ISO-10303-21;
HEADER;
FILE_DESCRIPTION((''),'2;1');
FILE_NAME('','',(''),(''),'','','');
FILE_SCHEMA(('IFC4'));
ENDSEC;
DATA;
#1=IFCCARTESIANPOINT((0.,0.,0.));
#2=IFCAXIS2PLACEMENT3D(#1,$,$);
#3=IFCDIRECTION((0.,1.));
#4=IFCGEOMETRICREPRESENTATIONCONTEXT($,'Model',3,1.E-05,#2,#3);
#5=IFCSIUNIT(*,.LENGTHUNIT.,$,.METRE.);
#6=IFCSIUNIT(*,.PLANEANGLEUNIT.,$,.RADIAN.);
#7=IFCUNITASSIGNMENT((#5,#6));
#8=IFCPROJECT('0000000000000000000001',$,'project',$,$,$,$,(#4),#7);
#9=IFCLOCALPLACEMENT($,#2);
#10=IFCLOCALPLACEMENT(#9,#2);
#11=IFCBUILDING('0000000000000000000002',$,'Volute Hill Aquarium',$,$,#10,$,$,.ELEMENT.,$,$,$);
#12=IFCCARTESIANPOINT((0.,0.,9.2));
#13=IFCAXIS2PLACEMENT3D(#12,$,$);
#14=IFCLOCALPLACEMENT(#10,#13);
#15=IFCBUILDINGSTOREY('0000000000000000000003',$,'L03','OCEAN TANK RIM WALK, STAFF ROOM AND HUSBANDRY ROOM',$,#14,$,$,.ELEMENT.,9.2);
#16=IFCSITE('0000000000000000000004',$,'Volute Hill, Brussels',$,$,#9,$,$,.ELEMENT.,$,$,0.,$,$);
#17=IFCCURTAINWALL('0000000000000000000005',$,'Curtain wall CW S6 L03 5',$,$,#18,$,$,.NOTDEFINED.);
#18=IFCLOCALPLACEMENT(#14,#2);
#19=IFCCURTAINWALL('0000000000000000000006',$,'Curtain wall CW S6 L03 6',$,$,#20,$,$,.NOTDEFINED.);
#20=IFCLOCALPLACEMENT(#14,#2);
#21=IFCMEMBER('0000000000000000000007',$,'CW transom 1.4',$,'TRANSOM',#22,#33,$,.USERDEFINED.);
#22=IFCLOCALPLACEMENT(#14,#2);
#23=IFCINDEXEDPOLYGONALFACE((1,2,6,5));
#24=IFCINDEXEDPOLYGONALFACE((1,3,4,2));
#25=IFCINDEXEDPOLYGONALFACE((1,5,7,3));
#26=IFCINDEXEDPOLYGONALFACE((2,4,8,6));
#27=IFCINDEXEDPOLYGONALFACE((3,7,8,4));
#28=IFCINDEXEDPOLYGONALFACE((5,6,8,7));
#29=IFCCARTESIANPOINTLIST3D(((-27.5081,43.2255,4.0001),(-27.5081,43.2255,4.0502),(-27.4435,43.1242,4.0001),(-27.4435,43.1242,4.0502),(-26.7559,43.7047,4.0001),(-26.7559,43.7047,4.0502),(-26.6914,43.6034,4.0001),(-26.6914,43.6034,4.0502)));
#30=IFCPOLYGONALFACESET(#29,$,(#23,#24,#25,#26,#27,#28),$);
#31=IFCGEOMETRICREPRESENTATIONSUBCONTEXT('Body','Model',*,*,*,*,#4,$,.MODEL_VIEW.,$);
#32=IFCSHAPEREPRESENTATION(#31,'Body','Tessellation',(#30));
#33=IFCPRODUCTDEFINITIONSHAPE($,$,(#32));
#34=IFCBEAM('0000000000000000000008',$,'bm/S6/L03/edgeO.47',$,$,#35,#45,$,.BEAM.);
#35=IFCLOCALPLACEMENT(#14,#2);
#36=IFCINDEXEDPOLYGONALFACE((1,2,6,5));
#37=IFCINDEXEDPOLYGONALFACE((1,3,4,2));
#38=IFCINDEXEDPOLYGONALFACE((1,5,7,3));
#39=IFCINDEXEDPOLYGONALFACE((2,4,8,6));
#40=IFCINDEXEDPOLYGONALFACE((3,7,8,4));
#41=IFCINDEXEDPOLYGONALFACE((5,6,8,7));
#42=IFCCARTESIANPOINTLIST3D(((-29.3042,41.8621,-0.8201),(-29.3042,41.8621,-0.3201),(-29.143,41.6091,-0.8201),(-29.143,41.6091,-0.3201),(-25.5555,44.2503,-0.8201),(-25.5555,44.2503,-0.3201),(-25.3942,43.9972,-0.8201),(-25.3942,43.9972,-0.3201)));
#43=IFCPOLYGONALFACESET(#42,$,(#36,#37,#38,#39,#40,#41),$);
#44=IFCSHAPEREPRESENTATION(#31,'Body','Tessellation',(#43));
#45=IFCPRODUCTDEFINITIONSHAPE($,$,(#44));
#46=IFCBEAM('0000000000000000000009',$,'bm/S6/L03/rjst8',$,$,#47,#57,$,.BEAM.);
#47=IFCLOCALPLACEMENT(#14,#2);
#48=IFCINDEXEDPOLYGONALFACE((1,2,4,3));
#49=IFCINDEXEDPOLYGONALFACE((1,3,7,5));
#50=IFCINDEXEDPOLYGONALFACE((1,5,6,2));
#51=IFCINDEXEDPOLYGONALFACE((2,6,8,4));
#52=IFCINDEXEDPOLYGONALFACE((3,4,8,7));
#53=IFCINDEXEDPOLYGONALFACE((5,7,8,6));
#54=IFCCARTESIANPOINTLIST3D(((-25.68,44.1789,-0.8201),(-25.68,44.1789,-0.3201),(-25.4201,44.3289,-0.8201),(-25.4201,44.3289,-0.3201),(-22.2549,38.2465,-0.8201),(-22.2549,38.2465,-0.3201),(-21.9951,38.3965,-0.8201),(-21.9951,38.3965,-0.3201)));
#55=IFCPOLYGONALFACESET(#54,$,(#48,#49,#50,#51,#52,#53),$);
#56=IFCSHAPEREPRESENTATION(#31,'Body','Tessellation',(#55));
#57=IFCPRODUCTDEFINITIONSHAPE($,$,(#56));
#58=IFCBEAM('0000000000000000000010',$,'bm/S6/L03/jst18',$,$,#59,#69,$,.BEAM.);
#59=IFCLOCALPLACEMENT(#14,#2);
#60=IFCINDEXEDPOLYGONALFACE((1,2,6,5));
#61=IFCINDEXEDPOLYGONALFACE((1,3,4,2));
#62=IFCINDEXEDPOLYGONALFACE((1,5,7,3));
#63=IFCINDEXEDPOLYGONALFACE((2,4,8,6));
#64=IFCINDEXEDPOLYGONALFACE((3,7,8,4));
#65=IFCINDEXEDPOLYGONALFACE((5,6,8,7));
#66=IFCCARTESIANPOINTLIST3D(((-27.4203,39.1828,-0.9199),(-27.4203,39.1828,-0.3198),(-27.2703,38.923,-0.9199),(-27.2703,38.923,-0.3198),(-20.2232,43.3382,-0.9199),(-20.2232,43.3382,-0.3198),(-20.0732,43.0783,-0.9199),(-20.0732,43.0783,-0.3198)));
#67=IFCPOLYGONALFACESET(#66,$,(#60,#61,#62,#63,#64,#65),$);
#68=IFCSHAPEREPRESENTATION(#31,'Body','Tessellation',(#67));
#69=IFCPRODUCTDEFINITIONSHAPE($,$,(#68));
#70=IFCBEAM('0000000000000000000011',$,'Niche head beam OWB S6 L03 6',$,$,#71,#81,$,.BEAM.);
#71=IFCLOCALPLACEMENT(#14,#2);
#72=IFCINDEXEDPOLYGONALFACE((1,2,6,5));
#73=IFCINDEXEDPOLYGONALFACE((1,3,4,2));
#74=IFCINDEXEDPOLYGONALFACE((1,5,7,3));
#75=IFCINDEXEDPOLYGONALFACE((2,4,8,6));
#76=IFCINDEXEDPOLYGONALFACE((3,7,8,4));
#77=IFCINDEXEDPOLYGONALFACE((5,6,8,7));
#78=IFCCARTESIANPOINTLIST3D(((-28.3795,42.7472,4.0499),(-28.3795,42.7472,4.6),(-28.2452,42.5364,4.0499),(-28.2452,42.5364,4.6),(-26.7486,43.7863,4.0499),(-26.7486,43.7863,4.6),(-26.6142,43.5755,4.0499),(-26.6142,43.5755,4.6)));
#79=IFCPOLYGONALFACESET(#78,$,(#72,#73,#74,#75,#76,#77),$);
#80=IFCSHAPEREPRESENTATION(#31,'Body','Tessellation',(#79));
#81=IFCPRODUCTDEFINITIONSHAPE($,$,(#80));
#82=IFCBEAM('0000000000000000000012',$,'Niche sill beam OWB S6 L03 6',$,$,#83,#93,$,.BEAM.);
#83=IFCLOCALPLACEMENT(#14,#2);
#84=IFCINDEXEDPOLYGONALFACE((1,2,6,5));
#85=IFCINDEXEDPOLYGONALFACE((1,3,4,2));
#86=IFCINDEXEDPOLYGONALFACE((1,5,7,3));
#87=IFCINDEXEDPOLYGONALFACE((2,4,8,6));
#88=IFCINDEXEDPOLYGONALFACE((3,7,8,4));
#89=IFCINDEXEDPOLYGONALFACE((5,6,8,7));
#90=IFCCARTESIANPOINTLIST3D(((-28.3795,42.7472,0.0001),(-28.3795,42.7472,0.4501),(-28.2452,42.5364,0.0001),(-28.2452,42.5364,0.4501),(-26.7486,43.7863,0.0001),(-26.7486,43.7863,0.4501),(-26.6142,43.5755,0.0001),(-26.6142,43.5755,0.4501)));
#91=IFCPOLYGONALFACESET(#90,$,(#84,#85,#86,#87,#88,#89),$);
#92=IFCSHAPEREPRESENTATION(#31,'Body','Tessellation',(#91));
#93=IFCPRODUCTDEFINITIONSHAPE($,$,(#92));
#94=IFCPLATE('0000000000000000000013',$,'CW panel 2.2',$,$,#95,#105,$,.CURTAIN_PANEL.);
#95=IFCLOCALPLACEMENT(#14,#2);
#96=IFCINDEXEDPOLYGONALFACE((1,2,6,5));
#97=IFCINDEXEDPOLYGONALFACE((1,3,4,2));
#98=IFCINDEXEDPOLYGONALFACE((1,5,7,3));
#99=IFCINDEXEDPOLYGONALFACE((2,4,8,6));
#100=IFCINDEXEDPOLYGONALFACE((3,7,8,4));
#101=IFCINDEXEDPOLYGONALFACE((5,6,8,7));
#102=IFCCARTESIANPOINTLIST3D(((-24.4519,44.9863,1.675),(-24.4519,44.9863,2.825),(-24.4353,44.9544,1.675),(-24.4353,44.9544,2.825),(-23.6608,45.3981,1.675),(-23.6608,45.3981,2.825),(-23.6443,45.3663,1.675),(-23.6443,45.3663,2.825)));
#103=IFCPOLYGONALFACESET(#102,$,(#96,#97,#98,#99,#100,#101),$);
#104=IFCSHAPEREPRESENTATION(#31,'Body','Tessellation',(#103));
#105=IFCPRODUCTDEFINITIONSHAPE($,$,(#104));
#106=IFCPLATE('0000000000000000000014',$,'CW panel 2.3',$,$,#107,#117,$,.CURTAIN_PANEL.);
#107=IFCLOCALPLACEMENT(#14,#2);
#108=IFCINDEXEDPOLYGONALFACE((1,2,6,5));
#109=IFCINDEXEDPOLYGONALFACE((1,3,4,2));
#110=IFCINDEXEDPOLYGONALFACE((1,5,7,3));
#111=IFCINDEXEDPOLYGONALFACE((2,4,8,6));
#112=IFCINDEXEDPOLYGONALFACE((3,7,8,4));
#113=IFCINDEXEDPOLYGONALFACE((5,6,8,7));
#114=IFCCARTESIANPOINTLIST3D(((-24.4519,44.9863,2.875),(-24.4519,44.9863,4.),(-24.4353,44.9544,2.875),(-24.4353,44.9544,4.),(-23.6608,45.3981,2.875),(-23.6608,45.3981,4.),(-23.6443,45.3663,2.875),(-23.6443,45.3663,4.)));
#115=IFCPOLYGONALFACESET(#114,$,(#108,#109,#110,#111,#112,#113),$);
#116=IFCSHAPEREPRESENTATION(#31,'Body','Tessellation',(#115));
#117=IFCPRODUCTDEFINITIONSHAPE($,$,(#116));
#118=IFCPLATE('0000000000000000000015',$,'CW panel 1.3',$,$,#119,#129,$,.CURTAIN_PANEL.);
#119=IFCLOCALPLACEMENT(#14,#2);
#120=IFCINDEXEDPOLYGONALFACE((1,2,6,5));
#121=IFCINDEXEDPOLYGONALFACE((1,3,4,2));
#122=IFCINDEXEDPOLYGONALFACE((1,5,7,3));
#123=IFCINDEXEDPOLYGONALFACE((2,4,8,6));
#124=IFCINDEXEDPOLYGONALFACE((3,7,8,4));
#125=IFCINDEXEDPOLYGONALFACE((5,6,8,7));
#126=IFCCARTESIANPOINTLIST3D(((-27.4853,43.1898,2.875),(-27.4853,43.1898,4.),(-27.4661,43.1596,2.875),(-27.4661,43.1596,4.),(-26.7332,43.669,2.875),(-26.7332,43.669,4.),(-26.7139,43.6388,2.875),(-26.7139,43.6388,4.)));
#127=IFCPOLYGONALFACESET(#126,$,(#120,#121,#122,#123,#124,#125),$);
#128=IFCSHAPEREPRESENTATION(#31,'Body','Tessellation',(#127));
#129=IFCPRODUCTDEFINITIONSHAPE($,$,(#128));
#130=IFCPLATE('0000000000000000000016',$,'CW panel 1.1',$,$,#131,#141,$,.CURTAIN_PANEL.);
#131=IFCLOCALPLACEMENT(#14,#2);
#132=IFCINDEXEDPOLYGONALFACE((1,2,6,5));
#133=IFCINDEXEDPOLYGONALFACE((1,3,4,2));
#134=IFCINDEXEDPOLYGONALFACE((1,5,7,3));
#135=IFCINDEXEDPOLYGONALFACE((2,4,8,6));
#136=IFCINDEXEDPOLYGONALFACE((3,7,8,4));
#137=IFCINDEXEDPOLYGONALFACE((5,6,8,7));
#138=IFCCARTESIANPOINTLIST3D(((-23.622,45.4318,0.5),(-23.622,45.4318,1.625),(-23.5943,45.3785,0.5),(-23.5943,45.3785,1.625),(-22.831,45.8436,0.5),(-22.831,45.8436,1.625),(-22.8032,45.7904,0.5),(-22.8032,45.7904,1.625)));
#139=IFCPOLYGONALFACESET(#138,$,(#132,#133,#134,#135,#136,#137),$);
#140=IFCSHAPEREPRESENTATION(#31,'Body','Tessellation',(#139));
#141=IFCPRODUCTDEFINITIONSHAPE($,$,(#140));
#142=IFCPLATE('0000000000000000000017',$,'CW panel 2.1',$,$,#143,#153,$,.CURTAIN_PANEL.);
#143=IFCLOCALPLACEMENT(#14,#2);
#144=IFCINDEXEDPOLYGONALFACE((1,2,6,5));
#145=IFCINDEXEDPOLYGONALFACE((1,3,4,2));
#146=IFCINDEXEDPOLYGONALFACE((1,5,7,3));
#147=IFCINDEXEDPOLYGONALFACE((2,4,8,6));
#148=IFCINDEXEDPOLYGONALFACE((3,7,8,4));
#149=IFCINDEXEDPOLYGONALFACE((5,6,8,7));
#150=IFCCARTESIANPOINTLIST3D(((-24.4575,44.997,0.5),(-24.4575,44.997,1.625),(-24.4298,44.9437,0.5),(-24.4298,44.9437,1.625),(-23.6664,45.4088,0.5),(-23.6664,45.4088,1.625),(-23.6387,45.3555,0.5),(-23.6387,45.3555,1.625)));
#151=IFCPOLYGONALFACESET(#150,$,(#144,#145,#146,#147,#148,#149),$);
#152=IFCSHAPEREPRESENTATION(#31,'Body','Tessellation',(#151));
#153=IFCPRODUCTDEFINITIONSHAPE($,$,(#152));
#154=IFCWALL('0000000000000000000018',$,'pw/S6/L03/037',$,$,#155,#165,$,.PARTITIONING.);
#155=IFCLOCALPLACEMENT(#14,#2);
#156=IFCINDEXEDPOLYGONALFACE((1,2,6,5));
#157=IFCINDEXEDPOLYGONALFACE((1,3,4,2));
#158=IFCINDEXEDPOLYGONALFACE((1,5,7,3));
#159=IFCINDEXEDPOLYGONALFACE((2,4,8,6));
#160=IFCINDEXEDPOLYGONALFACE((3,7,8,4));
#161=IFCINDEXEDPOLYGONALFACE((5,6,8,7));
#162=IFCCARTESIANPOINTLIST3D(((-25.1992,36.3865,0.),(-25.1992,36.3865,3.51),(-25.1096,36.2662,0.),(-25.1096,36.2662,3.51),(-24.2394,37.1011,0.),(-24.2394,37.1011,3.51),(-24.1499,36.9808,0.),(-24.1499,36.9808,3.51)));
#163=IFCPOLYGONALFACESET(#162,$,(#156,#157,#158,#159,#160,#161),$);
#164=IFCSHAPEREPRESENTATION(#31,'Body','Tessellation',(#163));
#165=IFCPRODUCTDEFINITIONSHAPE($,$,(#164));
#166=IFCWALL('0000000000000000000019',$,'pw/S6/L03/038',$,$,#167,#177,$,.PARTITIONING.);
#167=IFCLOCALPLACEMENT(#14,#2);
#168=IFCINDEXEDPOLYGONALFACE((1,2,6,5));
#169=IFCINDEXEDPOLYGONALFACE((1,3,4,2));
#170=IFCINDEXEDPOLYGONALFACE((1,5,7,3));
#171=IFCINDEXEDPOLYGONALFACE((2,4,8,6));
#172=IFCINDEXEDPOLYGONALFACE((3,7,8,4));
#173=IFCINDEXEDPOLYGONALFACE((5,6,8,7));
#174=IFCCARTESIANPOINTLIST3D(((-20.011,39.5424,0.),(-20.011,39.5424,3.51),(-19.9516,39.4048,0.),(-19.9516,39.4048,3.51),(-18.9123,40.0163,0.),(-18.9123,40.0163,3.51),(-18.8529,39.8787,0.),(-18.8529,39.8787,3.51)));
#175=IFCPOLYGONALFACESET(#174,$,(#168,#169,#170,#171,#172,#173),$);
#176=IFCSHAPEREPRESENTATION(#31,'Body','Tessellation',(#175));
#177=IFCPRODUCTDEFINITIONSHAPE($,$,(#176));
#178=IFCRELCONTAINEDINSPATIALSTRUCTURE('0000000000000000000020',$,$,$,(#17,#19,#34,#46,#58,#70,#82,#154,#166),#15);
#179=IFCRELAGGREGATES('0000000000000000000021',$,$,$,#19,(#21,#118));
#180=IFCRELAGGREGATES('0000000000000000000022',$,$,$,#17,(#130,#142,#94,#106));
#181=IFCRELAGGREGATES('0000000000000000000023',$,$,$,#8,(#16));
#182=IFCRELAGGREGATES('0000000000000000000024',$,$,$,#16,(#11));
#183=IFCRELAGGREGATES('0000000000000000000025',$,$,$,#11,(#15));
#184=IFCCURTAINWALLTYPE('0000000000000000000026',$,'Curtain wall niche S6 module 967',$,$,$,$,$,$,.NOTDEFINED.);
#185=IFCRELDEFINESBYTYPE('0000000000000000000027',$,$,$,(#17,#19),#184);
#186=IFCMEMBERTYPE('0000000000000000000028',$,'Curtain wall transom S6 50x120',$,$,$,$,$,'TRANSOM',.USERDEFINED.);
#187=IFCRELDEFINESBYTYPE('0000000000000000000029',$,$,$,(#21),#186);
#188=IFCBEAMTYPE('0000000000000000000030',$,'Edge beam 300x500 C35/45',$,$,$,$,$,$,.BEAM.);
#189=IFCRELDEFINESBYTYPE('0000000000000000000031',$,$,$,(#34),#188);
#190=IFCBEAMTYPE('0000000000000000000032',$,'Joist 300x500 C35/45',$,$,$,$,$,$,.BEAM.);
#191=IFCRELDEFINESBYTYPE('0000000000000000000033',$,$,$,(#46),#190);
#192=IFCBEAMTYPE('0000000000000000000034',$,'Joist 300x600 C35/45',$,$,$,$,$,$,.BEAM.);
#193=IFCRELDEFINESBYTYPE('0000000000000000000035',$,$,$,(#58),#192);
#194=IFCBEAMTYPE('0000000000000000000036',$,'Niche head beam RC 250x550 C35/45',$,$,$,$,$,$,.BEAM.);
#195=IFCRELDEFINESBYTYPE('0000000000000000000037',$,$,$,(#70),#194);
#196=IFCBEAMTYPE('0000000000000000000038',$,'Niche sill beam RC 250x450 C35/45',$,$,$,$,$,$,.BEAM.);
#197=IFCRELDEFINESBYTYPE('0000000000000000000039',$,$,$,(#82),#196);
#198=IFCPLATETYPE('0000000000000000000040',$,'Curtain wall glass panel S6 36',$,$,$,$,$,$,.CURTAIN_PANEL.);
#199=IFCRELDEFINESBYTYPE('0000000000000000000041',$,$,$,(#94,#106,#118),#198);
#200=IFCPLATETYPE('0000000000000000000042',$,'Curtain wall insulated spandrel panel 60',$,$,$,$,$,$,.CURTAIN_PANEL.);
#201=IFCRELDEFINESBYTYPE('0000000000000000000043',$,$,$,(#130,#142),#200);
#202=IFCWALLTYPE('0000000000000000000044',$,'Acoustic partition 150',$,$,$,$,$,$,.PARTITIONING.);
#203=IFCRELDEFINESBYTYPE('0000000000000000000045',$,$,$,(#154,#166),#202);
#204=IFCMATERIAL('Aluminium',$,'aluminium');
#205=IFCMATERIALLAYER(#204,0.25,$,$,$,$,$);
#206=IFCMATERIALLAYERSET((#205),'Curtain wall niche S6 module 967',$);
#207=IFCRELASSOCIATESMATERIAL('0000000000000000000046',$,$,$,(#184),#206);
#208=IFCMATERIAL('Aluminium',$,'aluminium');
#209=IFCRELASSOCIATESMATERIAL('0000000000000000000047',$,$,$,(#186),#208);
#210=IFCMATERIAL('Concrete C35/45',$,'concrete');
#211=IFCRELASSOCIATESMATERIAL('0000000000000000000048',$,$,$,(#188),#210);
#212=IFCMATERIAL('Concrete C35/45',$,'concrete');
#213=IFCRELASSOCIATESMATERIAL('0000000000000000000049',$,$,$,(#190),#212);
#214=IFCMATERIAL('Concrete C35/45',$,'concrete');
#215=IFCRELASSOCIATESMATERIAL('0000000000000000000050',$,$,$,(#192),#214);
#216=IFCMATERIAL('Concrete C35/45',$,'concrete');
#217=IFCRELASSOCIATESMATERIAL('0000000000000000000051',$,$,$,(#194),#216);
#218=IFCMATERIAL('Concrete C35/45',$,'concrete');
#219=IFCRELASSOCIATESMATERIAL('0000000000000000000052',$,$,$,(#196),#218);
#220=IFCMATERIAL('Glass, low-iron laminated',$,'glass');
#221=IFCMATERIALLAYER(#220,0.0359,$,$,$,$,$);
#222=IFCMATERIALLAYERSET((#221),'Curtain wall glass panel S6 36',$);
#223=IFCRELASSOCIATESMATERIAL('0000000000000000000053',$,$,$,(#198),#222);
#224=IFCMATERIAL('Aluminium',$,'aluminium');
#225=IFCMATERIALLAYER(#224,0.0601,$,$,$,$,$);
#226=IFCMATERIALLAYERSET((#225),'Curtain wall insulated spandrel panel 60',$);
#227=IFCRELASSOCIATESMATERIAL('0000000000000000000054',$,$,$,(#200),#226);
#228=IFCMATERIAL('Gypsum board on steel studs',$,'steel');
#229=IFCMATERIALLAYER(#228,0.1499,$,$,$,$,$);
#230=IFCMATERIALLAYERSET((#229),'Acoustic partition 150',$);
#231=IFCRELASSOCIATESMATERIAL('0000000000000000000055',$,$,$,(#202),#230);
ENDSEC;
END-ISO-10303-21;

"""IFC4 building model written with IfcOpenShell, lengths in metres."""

from ifc_helpers import new_model, si_unit, direction, frame, frame_2d, origin, origin_2d, place, context, subcontext, project, spatial, rectangle, extrude, material, layer, layer_set, material_profile, profile_set, type_object, element, aggregate, save


model = new_model("IFC4")

# Units and contexts
model_context = context("Model", 3, precision=1e-05, world=origin(), true_north=direction((0.0, 1.0)))
body_context = subcontext(model_context, "Body", "Model", "MODEL_VIEW")
ifc_project = project(units=[si_unit("LENGTHUNIT", "METRE"), si_unit("PLANEANGLEUNIT", "RADIAN")], contexts=[model_context])

# Site, building, storey
site_placement = place(None, origin())
site = spatial("IfcSite", under=ifc_project, at=site_placement, Name="Volute Hill, Brussels", CompositionType="ELEMENT", RefElevation=0.0)
building_placement = place(site_placement, origin())
building = spatial("IfcBuilding", under=site, at=building_placement, Name="Volute Hill Aquarium", CompositionType="ELEMENT")
storey_placement = place(building_placement, frame((0.0, 0.0, 9.2)))
storey = spatial("IfcBuildingStorey", under=building, at=storey_placement, Name="L03", Description="OCEAN TANK RIM WALK, STAFF ROOM AND HUSBANDRY ROOM", CompositionType="ELEMENT", Elevation=9.2)

# Curtain wall
ifc_material_1 = material(Name="Aluminium", Category="aluminium")
ifc_layer_1 = layer(ifc_material_1, 0.25)
ifc_layer_set_1 = layer_set([ifc_layer_1], Name="Curtain wall niche S6 module 967")
curtain_wall_type = type_object("IfcCurtainWallType", Name="Curtain wall niche S6 module 967", PredefinedType="NOTDEFINED", material=ifc_layer_set_1)
curtain_wall_1_placement = place(storey_placement, origin())
curtain_wall_1 = element("IfcCurtainWall", 1, at=curtain_wall_1_placement, inside=storey, type_object=curtain_wall_type, Name="Curtain wall CW S6 L03 5", PredefinedType="NOTDEFINED")

# Curtain wall
curtain_wall_2_placement = place(storey_placement, origin())
curtain_wall_2 = element("IfcCurtainWall", 2, at=curtain_wall_2_placement, inside=storey, type_object=curtain_wall_type, Name="Curtain wall CW S6 L03 6", PredefinedType="NOTDEFINED")

# Member
ifc_material_2 = material(Name="Aluminium", Category="aluminium")
ifc_material_profile_1 = material_profile(ifc_material_2, rectangle(XDim=0.1201, YDim=0.05, at=origin_2d()), Name="Curtain wall transom S6 50x120")
ifc_profile_set_1 = profile_set([ifc_material_profile_1], Name="Aluminium")
member_type_1 = type_object("IfcMemberType", Name="Curtain wall transom S6 50x120", ElementType="TRANSOM", PredefinedType="USERDEFINED", material=ifc_profile_set_1)
member_1_placement = place(storey_placement, frame((-26.7236, 43.6541, 4.0251), z_axis=(-0.843368, -0.537336, 0.0), x_axis=(0.537336, -0.843368, 0.0)))
member_1 = element("IfcMember", 3, at=member_1_placement, type_object=member_type_1, Name="CW transom 1.4", ObjectType="TRANSOM", PredefinedType="USERDEFINED", context=body_context, shape_type="SweptSolid", body=[
    extrude(rectangle(XDim=0.1201, YDim=0.05, at=origin_2d()), origin(), (0.0, 0.0, 1.0), 0.8918),
])

# Beams
ifc_material_3 = material(Name="Concrete C35/45", Category="concrete")
ifc_material_profile_2 = material_profile(ifc_material_3, rectangle(XDim=0.3, YDim=0.5, at=origin_2d()), Name="RC edge beam 300x500")
ifc_profile_set_2 = profile_set([ifc_material_profile_2], Name="Concrete C35/45")
beam_type_1 = type_object("IfcBeamType", Name="Edge beam 300x500 C35/45", PredefinedType="BEAM", material=ifc_profile_set_2)
beam_1_placement = place(storey_placement, frame((-25.4749, 44.1238, -0.5701), z_axis=(-0.843397, -0.537291, 0.0), x_axis=(0.537291, -0.843397, 0.0)))
element("IfcBeam", 4, at=beam_1_placement, inside=storey, type_object=beam_type_1, Name="bm/S6/L03/edgeO.47", PredefinedType="BEAM", context=body_context, shape_type="SweptSolid", body=[
    extrude(rectangle(XDim=0.3, YDim=0.5, at=origin_2d()), origin(), (0.0, 0.0, 1.0), 4.4448),
])
ifc_material_4 = material(Name="Concrete C35/45", Category="concrete")
ifc_material_profile_3 = material_profile(ifc_material_4, rectangle(XDim=0.3, YDim=0.5, at=origin_2d()), Name="RC joist 300x500")
ifc_profile_set_3 = profile_set([ifc_material_profile_3], Name="Concrete C35/45")
beam_type_2 = type_object("IfcBeamType", Name="Joist 300x500 C35/45", PredefinedType="BEAM", material=ifc_profile_set_3)
beam_2_placement = place(storey_placement, frame((-22.125, 38.3215, -0.5701), z_axis=(-0.499999, 0.866026, 0.0), x_axis=(-0.866026, -0.499999, 0.0)))
element("IfcBeam", 5, at=beam_2_placement, inside=storey, type_object=beam_type_2, Name="bm/S6/L03/rjst8", PredefinedType="BEAM", context=body_context, shape_type="SweptSolid", body=[
    extrude(rectangle(XDim=0.3, YDim=0.5, at=origin_2d()), origin(), (0.0, 0.0, 1.0), 6.8501),
])
ifc_material_5 = material(Name="Concrete C35/45", Category="concrete")
ifc_material_profile_4 = material_profile(ifc_material_5, rectangle(XDim=0.3, YDim=0.6001, at=origin_2d()), Name="RC joist 300x600")
ifc_profile_set_4 = profile_set([ifc_material_profile_4], Name="Concrete C35/45")
beam_type_3 = type_object("IfcBeamType", Name="Joist 300x600 C35/45", PredefinedType="BEAM", material=ifc_profile_set_4)
beam_3_placement = place(storey_placement, frame((-20.1482, 43.2083, -0.6199), z_axis=(-0.866022, -0.500006, 0.0), x_axis=(0.500006, -0.866022, 0.0)))
element("IfcBeam", 6, at=beam_3_placement, inside=storey, type_object=beam_type_3, Name="bm/S6/L03/jst18", PredefinedType="BEAM", context=body_context, shape_type="SweptSolid", body=[
    extrude(rectangle(XDim=0.3, YDim=0.6001, at=origin_2d()), origin(), (0.0, 0.0, 1.0), 8.3105),
])
ifc_material_6 = material(Name="Concrete C35/45", Category="concrete")
ifc_material_profile_5 = material_profile(ifc_material_6, rectangle(XDim=0.25, YDim=0.55, at=origin_2d()), Name="RC beam 250x550")
ifc_profile_set_5 = profile_set([ifc_material_profile_5], Name="Concrete C35/45")
beam_type_4 = type_object("IfcBeamType", Name="Niche head beam RC 250x550 C35/45", PredefinedType="BEAM", material=ifc_profile_set_5)
beam_4_placement = place(storey_placement, frame((-26.6814, 43.6809, 4.325), z_axis=(-0.84337, -0.537333, 0.0), x_axis=(0.537333, -0.84337, 0.0)))
element("IfcBeam", 7, at=beam_4_placement, inside=storey, type_object=beam_type_4, Name="Niche head beam OWB S6 L03 6", PredefinedType="BEAM", context=body_context, shape_type="SweptSolid", body=[
    extrude(rectangle(XDim=0.25, YDim=0.55, at=origin_2d()), origin(), (0.0, 0.0, 1.0), 1.9338),
])
ifc_material_7 = material(Name="Concrete C35/45", Category="concrete")
ifc_material_profile_6 = material_profile(ifc_material_7, rectangle(XDim=0.25, YDim=0.45, at=origin_2d()), Name="RC beam 250x450")
ifc_profile_set_6 = profile_set([ifc_material_profile_6], Name="Concrete C35/45")
beam_type_5 = type_object("IfcBeamType", Name="Niche sill beam RC 250x450 C35/45", PredefinedType="BEAM", material=ifc_profile_set_6)
beam_5_placement = place(storey_placement, frame((-26.6814, 43.6809, 0.2251), z_axis=(-0.84337, -0.537333, 0.0), x_axis=(0.537333, -0.84337, 0.0)))
element("IfcBeam", 8, at=beam_5_placement, inside=storey, type_object=beam_type_5, Name="Niche sill beam OWB S6 L03 6", PredefinedType="BEAM", context=body_context, shape_type="SweptSolid", body=[
    extrude(rectangle(XDim=0.25, YDim=0.45, at=origin_2d()), origin(), (0.0, 0.0, 1.0), 1.9338),
])

# Plates
ifc_material_8 = material(Name="Glass, low-iron laminated", Category="glass")
ifc_layer_2 = layer(ifc_material_8, 0.0359)
ifc_layer_set_2 = layer_set([ifc_layer_2], Name="Curtain wall glass panel S6 36")
plate_type_1 = type_object("IfcPlateType", Name="Curtain wall glass panel S6 36", PredefinedType="CURTAIN_PANEL", material=ifc_layer_set_2)
plate_1_placement = place(storey_placement, frame((-24.0481, 45.1763, 1.675), z_axis=(0.0, 0.0, 1.0), x_axis=(-0.887005, -0.46176, 0.0)))
plate_1 = element("IfcPlate", 9, at=plate_1_placement, type_object=plate_type_1, Name="CW panel 2.2", PredefinedType="CURTAIN_PANEL", context=body_context, shape_type="SweptSolid", body=[
    extrude(rectangle(XDim=0.8918, YDim=0.0359, at=origin_2d()), origin(), (0.0, 0.0, 1.0), 1.1499),
])
plate_2_placement = place(storey_placement, frame((-24.0481, 45.1763, 2.875), z_axis=(0.0, 0.0, 1.0), x_axis=(-0.887005, -0.46176, 0.0)))
plate_2 = element("IfcPlate", 10, at=plate_2_placement, type_object=plate_type_1, Name="CW panel 2.3", PredefinedType="CURTAIN_PANEL", context=body_context, shape_type="SweptSolid", body=[
    extrude(rectangle(XDim=0.8918, YDim=0.0359, at=origin_2d()), origin(), (0.0, 0.0, 1.0), 1.125),
])
plate_3_placement = place(storey_placement, frame((-27.0996, 43.4143, 2.875), z_axis=(0.0, 0.0, 1.0), x_axis=(-0.843395, -0.537295, 0.0)))
plate_3 = element("IfcPlate", 11, at=plate_3_placement, type_object=plate_type_1, Name="CW panel 1.3", PredefinedType="CURTAIN_PANEL", context=body_context, shape_type="SweptSolid", body=[
    extrude(rectangle(XDim=0.8918, YDim=0.0359, at=origin_2d()), origin(), (0.0, 0.0, 1.0), 1.125),
])
aggregate(curtain_wall_2, [member_1, plate_3])
ifc_material_9 = material(Name="Aluminium", Category="aluminium")
ifc_layer_3 = layer(ifc_material_9, 0.0601)
ifc_layer_set_3 = layer_set([ifc_layer_3], Name="Curtain wall insulated spandrel panel 60")
plate_type_2 = type_object("IfcPlateType", Name="Curtain wall insulated spandrel panel 60", PredefinedType="CURTAIN_PANEL", material=ifc_layer_set_3)
plate_4_placement = place(storey_placement, frame((-23.2126, 45.6111, 0.5), z_axis=(0.0, 0.0, 1.0), x_axis=(-0.887005, -0.46176, 0.0)))
plate_4 = element("IfcPlate", 12, at=plate_4_placement, type_object=plate_type_2, Name="CW panel 1.1", PredefinedType="CURTAIN_PANEL", context=body_context, shape_type="SweptSolid", body=[
    extrude(rectangle(XDim=0.8918, YDim=0.0601, at=origin_2d()), origin(), (0.0, 0.0, 1.0), 1.125),
])
plate_5_placement = place(storey_placement, frame((-24.0481, 45.1763, 0.5), z_axis=(0.0, 0.0, 1.0), x_axis=(-0.887005, -0.46176, 0.0)))
plate_5 = element("IfcPlate", 13, at=plate_5_placement, type_object=plate_type_2, Name="CW panel 2.1", PredefinedType="CURTAIN_PANEL", context=body_context, shape_type="SweptSolid", body=[
    extrude(rectangle(XDim=0.8918, YDim=0.0601, at=origin_2d()), origin(), (0.0, 0.0, 1.0), 1.125),
])
aggregate(curtain_wall_1, [plate_4, plate_5, plate_1, plate_2])

# Walls
ifc_material_10 = material(Name="Gypsum board on steel studs", Category="steel")
ifc_layer_4 = layer(ifc_material_10, 0.1499)
ifc_layer_set_4 = layer_set([ifc_layer_4], Name="Acoustic partition 150")
wall_type_1 = type_object("IfcWallType", Name="Acoustic partition 150", PredefinedType="PARTITIONING", material=ifc_layer_set_4)
for number, where, z_axis, x_axis, name in (
    (14, (-25.1543, 36.3264, 0.0), (0.0, 0.0, 1.0), (0.802076, 0.597221, 0.0), "pw/S6/L03/037"),
    (15, (-19.9812, 39.4736, 0.0), (0.0, 0.0, 1.0), (0.918224, 0.396061, 0.0), "pw/S6/L03/038"),
):
    element("IfcWall", number, at=place(storey_placement, frame(where, z_axis=z_axis, x_axis=x_axis)), inside=storey, type_object=wall_type_1, Name=name, PredefinedType="PARTITIONING", context=body_context, shape_type="SweptSolid", body=[
        extrude(rectangle(XDim=1.1965, YDim=0.1499, at=frame_2d((0.5981, 0.0))), origin(), (0.0, 0.0, 1.0), 3.51),
    ])

save(model, "model.ifc")
